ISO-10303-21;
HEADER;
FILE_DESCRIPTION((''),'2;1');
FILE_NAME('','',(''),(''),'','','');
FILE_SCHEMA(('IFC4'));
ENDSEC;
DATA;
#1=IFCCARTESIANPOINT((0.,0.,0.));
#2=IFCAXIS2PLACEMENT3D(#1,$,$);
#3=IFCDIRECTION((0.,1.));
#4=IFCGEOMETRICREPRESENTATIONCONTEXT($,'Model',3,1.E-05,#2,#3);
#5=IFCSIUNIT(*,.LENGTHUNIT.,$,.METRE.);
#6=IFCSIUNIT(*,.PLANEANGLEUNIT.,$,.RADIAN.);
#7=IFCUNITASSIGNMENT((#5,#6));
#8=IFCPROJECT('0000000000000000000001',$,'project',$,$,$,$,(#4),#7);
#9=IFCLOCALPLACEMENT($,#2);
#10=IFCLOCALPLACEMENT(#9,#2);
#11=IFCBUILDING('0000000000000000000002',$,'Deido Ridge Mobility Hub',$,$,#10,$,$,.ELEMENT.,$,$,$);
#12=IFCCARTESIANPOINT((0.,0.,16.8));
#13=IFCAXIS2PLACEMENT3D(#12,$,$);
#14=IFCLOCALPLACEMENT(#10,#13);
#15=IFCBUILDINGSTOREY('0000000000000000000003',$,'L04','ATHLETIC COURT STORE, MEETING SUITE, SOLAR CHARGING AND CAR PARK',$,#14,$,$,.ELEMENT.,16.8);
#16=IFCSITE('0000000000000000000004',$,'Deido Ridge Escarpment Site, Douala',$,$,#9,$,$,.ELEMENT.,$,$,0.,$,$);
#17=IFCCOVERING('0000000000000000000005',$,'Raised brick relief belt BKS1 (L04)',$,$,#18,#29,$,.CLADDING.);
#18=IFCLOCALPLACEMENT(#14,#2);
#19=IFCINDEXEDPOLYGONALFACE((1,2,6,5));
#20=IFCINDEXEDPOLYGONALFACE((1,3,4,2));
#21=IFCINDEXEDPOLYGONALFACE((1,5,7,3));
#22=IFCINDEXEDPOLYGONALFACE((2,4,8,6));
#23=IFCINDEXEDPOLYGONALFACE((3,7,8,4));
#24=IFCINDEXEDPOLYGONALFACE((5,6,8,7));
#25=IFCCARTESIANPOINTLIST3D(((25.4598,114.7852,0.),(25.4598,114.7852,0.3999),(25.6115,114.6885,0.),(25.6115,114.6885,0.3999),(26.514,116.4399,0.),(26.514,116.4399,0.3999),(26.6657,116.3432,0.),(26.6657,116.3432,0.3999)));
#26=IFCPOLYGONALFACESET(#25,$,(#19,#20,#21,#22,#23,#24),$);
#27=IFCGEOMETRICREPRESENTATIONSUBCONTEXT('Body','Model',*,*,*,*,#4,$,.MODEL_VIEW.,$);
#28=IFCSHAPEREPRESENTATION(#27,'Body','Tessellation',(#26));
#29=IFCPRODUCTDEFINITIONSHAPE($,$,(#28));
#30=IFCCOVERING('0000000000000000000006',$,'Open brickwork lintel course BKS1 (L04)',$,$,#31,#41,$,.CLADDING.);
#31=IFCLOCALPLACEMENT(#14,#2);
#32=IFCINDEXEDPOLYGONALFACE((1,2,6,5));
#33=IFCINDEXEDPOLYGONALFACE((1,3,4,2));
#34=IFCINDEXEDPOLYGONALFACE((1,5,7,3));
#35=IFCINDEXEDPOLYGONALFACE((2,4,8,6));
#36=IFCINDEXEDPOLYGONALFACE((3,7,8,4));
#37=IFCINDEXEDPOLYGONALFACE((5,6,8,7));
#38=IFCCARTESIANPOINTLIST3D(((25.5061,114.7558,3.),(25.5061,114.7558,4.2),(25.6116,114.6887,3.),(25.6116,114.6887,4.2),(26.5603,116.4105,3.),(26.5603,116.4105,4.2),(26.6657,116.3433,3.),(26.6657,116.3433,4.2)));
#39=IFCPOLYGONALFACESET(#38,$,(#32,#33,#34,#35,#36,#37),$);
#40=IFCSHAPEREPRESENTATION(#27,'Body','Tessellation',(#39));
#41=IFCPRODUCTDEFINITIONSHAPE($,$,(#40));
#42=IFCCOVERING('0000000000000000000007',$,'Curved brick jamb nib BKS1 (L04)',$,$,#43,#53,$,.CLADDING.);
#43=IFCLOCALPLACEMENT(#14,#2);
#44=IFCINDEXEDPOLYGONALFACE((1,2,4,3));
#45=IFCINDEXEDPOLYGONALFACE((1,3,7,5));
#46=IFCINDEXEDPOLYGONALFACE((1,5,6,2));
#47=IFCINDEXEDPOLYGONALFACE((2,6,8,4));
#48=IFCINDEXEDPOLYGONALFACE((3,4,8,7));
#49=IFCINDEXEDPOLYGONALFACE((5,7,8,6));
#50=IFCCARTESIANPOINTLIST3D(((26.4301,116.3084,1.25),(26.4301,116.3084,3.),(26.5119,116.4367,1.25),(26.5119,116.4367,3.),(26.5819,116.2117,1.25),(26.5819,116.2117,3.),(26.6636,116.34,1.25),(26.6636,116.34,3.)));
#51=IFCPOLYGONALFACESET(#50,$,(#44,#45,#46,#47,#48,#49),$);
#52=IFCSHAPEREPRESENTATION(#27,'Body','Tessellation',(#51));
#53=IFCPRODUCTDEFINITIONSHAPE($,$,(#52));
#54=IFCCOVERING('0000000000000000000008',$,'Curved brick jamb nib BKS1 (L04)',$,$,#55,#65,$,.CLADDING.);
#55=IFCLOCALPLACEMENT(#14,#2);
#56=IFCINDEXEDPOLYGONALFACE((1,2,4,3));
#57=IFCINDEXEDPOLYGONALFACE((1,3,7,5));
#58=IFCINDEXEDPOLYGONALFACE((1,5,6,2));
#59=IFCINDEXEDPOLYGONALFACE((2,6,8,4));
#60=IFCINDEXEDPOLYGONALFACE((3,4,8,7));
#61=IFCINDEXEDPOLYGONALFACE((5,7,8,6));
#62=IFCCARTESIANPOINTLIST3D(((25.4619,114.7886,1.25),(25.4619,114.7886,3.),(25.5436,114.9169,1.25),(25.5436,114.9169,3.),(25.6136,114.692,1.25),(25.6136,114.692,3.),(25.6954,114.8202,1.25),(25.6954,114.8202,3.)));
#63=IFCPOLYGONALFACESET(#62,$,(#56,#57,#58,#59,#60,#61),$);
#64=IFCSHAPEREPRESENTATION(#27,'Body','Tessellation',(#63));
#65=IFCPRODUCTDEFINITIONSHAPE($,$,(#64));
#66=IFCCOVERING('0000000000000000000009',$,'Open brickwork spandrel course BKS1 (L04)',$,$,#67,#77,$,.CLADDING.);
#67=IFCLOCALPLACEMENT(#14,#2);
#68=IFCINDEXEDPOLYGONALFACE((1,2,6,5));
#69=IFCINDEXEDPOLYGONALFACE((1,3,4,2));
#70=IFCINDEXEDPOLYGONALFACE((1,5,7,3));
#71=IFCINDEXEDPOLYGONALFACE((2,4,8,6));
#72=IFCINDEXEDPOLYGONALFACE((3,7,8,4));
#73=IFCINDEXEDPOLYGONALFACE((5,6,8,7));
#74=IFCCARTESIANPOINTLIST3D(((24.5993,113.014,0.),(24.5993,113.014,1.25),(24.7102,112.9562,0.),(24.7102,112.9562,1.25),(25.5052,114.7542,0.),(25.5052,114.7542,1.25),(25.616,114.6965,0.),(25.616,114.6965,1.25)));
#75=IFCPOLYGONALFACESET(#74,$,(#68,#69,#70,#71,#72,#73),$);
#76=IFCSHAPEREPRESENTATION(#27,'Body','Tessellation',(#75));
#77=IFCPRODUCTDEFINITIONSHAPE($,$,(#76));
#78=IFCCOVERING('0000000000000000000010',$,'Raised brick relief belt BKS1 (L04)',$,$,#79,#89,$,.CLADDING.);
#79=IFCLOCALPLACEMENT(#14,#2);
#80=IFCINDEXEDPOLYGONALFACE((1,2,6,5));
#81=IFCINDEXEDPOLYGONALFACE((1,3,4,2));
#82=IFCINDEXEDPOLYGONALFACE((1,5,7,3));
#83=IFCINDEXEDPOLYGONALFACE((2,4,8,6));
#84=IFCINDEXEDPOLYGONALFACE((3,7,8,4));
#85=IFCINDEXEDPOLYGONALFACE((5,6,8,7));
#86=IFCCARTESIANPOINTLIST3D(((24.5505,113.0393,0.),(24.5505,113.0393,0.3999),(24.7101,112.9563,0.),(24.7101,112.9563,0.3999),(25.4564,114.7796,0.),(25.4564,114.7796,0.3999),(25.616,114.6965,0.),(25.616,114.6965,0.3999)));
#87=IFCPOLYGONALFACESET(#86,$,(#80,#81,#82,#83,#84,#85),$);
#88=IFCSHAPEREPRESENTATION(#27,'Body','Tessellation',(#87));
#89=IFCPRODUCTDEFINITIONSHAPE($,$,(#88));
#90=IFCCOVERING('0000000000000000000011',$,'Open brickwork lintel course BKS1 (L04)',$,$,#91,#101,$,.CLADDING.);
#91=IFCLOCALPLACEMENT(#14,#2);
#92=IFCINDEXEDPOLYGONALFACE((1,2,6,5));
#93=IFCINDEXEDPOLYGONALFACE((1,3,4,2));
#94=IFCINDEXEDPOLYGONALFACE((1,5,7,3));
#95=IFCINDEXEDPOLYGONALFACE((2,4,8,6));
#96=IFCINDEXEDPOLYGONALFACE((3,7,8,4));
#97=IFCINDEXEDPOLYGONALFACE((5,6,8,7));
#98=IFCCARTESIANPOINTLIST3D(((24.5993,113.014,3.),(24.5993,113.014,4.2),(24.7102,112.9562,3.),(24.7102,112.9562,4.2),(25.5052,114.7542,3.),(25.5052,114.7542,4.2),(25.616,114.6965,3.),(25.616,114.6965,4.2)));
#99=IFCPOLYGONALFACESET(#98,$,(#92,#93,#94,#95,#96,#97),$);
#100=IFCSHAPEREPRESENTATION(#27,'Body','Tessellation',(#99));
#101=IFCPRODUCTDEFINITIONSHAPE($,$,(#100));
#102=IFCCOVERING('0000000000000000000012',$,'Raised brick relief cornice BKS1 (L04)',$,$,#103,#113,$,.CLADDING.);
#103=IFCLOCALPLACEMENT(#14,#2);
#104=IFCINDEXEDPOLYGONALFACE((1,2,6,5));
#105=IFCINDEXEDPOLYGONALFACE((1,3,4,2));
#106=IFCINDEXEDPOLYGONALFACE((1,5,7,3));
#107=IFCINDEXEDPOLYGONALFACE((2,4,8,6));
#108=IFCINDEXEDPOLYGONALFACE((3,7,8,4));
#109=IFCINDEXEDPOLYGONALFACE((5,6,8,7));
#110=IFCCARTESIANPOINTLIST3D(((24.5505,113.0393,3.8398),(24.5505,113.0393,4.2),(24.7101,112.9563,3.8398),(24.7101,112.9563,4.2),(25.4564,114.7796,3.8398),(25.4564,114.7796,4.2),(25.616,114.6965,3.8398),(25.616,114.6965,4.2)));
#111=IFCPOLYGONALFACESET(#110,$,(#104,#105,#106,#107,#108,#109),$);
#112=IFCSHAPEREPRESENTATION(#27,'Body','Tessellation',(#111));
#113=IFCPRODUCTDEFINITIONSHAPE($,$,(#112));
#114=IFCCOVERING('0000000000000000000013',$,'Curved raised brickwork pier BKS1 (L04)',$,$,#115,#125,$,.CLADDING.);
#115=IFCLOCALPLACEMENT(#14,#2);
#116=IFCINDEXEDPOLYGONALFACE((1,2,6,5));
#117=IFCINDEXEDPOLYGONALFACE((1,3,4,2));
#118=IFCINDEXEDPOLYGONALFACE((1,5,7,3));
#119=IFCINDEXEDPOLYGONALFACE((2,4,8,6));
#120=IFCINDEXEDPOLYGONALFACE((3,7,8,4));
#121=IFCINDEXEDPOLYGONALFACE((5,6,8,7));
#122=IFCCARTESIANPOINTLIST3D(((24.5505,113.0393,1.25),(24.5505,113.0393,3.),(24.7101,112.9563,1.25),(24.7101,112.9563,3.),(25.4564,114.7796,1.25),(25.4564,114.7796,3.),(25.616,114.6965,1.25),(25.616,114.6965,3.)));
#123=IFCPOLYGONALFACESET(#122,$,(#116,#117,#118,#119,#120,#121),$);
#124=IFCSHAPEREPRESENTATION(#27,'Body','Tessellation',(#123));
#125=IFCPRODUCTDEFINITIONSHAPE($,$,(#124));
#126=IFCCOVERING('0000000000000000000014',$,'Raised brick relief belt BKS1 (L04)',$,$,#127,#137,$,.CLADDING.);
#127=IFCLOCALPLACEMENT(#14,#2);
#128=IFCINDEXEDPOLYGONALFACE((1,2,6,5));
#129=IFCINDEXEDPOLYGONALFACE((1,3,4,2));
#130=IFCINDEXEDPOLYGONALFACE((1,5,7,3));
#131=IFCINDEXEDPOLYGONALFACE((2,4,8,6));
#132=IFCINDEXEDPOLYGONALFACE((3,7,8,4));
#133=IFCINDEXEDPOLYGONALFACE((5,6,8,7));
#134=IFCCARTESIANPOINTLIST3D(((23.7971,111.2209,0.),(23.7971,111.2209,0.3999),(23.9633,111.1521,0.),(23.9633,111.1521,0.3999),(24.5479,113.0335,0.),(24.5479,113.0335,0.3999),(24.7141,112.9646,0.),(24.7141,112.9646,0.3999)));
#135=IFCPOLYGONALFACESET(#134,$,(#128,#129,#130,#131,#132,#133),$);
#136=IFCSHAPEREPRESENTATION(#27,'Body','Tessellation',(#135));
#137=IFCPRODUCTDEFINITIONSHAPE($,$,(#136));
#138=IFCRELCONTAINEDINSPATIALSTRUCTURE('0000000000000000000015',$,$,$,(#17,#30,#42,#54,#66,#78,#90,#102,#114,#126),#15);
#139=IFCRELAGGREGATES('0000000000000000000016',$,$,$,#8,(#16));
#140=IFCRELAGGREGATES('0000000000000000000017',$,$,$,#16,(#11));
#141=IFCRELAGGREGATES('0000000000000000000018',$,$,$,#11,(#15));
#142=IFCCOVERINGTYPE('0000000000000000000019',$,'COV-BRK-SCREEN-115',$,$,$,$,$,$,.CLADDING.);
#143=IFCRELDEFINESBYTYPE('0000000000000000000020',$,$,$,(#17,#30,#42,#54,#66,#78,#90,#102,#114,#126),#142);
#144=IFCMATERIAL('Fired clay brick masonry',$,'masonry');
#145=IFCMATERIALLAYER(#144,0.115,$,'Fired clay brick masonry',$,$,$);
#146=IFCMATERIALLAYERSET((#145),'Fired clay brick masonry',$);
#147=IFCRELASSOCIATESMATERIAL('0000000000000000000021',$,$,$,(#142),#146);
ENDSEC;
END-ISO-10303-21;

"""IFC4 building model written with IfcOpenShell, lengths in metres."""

from ifc_helpers import new_model, si_unit, direction, frame, origin, origin_2d, place, context, subcontext, project, spatial, rectangle, extrude, material, layer, layer_set, type_object, element, save


model = new_model("IFC4")

# Units and contexts
model_context = context("Model", 3, precision=1e-05, world=origin(), true_north=direction((0.0, 1.0)))
body_context = subcontext(model_context, "Body", "Model", "MODEL_VIEW")
ifc_project = project(units=[si_unit("LENGTHUNIT", "METRE"), si_unit("PLANEANGLEUNIT", "RADIAN")], contexts=[model_context])

# Site, building, storey
site_placement = place(None, origin())
site = spatial("IfcSite", under=ifc_project, at=site_placement, Name="Deido Ridge Escarpment Site, Douala", CompositionType="ELEMENT", RefElevation=0.0)
building_placement = place(site_placement, origin())
building = spatial("IfcBuilding", under=site, at=building_placement, Name="Deido Ridge Mobility Hub", CompositionType="ELEMENT")
storey_placement = place(building_placement, frame((0.0, 0.0, 16.8)))
storey = spatial("IfcBuildingStorey", under=building, at=storey_placement, Name="L04", Description="ATHLETIC COURT STORE, MEETING SUITE, SOLAR CHARGING AND CAR PARK", CompositionType="ELEMENT", Elevation=16.8)

# Coverings
ifc_material_1 = material(Name="Fired clay brick masonry", Category="masonry")
ifc_layer = layer(ifc_material_1, 0.115, Name="Fired clay brick masonry")
ifc_layer_set = layer_set([ifc_layer], Name="Fired clay brick masonry")
covering_type = type_object("IfcCoveringType", Name="COV-BRK-SCREEN-115", PredefinedType="CLADDING", material=ifc_layer_set)
covering_1_placement = place(storey_placement, frame((26.0627, 115.5642, 0.0), z_axis=(0.0, 0.0, 1.0), x_axis=(-0.537314, -0.843382, 0.0)))
element("IfcCovering", 1, at=covering_1_placement, inside=storey, type_object=covering_type, Name="Raised brick relief belt BKS1 (L04)", PredefinedType="CLADDING", context=body_context, shape_type="SweptSolid", body=[
    extrude(rectangle(XDim=1.9619, YDim=0.1799, at=origin_2d()), origin(), (0.0, 0.0, 1.0), 0.3999),
])
covering_2_placement = place(storey_placement, frame((26.0859, 115.5496, 3.0), z_axis=(0.0, 0.0, 1.0), x_axis=(-0.537314, -0.843382, 0.0)))
element("IfcCovering", 2, at=covering_2_placement, inside=storey, type_object=covering_type, Name="Open brickwork lintel course BKS1 (L04)", PredefinedType="CLADDING", context=body_context, shape_type="SweptSolid", body=[
    extrude(rectangle(XDim=1.9619, YDim=0.125, at=origin_2d()), origin(), (0.0, 0.0, 1.0), 1.2),
])
for number, where, z_axis, x_axis, name in (
    (3, (26.5469, 116.3242, 1.25), (0.0, 0.0, 1.0), (-0.537314, -0.843382, 0.0), "Curved brick jamb nib BKS1 (L04)"),
    (4, (25.5786, 114.8044, 1.25), (0.0, 0.0, 1.0), (-0.537314, -0.843382, 0.0), "Curved brick jamb nib BKS1 (L04)"),
):
    element("IfcCovering", number, at=place(storey_placement, frame(where, z_axis=z_axis, x_axis=x_axis)), inside=storey, type_object=covering_type, Name=name, PredefinedType="CLADDING", context=body_context, shape_type="SweptSolid", body=[
        extrude(rectangle(XDim=0.1521, YDim=0.1799, at=origin_2d()), origin(), (0.0, 0.0, 1.0), 1.75),
    ])
covering_3_placement = place(storey_placement, frame((25.1077, 113.8552, 0.0), z_axis=(0.0, 0.0, 1.0), x_axis=(-0.461733, -0.887019, 0.0)))
element("IfcCovering", 5, at=covering_3_placement, inside=storey, type_object=covering_type, Name="Open brickwork spandrel course BKS1 (L04)", PredefinedType="CLADDING", context=body_context, shape_type="SweptSolid", body=[
    extrude(rectangle(XDim=1.9619, YDim=0.125, at=origin_2d()), origin(), (0.0, 0.0, 1.0), 1.25),
])
covering_4_placement = place(storey_placement, frame((25.0833, 113.8679, 0.0), z_axis=(0.0, 0.0, 1.0), x_axis=(-0.461733, -0.887019, 0.0)))
element("IfcCovering", 6, at=covering_4_placement, inside=storey, type_object=covering_type, Name="Raised brick relief belt BKS1 (L04)", PredefinedType="CLADDING", context=body_context, shape_type="SweptSolid", body=[
    extrude(rectangle(XDim=1.9619, YDim=0.1799, at=origin_2d()), origin(), (0.0, 0.0, 1.0), 0.3999),
])
covering_5_placement = place(storey_placement, frame((25.1077, 113.8552, 3.0), z_axis=(0.0, 0.0, 1.0), x_axis=(-0.461733, -0.887019, 0.0)))
element("IfcCovering", 7, at=covering_5_placement, inside=storey, type_object=covering_type, Name="Open brickwork lintel course BKS1 (L04)", PredefinedType="CLADDING", context=body_context, shape_type="SweptSolid", body=[
    extrude(rectangle(XDim=1.9619, YDim=0.125, at=origin_2d()), origin(), (0.0, 0.0, 1.0), 1.2),
])
covering_6_placement = place(storey_placement, frame((25.0833, 113.8679, 3.8398), z_axis=(0.0, 0.0, 1.0), x_axis=(-0.461733, -0.887019, 0.0)))
element("IfcCovering", 8, at=covering_6_placement, inside=storey, type_object=covering_type, Name="Raised brick relief cornice BKS1 (L04)", PredefinedType="CLADDING", context=body_context, shape_type="SweptSolid", body=[
    extrude(rectangle(XDim=1.9619, YDim=0.1799, at=origin_2d()), origin(), (0.0, 0.0, 1.0), 0.3601),
])
covering_7_placement = place(storey_placement, frame((25.0833, 113.8679, 1.25), z_axis=(0.0, 0.0, 1.0), x_axis=(-0.461733, -0.887019, 0.0)))
element("IfcCovering", 9, at=covering_7_placement, inside=storey, type_object=covering_type, Name="Curved raised brickwork pier BKS1 (L04)", PredefinedType="CLADDING", context=body_context, shape_type="SweptSolid", body=[
    extrude(rectangle(XDim=1.9619, YDim=0.1799, at=origin_2d()), origin(), (0.0, 0.0, 1.0), 1.75),
])
covering_8_placement = place(storey_placement, frame((24.2556, 112.0928, 0.0), z_axis=(0.0, 0.0, 1.0), x_axis=(-0.3827, -0.923873, 0.0)))
element("IfcCovering", 10, at=covering_8_placement, inside=storey, type_object=covering_type, Name="Raised brick relief belt BKS1 (L04)", PredefinedType="CLADDING", context=body_context, shape_type="SweptSolid", body=[
    extrude(rectangle(XDim=1.9619, YDim=0.1799, at=origin_2d()), origin(), (0.0, 0.0, 1.0), 0.3999),
])

save(model, "model.ifc")
